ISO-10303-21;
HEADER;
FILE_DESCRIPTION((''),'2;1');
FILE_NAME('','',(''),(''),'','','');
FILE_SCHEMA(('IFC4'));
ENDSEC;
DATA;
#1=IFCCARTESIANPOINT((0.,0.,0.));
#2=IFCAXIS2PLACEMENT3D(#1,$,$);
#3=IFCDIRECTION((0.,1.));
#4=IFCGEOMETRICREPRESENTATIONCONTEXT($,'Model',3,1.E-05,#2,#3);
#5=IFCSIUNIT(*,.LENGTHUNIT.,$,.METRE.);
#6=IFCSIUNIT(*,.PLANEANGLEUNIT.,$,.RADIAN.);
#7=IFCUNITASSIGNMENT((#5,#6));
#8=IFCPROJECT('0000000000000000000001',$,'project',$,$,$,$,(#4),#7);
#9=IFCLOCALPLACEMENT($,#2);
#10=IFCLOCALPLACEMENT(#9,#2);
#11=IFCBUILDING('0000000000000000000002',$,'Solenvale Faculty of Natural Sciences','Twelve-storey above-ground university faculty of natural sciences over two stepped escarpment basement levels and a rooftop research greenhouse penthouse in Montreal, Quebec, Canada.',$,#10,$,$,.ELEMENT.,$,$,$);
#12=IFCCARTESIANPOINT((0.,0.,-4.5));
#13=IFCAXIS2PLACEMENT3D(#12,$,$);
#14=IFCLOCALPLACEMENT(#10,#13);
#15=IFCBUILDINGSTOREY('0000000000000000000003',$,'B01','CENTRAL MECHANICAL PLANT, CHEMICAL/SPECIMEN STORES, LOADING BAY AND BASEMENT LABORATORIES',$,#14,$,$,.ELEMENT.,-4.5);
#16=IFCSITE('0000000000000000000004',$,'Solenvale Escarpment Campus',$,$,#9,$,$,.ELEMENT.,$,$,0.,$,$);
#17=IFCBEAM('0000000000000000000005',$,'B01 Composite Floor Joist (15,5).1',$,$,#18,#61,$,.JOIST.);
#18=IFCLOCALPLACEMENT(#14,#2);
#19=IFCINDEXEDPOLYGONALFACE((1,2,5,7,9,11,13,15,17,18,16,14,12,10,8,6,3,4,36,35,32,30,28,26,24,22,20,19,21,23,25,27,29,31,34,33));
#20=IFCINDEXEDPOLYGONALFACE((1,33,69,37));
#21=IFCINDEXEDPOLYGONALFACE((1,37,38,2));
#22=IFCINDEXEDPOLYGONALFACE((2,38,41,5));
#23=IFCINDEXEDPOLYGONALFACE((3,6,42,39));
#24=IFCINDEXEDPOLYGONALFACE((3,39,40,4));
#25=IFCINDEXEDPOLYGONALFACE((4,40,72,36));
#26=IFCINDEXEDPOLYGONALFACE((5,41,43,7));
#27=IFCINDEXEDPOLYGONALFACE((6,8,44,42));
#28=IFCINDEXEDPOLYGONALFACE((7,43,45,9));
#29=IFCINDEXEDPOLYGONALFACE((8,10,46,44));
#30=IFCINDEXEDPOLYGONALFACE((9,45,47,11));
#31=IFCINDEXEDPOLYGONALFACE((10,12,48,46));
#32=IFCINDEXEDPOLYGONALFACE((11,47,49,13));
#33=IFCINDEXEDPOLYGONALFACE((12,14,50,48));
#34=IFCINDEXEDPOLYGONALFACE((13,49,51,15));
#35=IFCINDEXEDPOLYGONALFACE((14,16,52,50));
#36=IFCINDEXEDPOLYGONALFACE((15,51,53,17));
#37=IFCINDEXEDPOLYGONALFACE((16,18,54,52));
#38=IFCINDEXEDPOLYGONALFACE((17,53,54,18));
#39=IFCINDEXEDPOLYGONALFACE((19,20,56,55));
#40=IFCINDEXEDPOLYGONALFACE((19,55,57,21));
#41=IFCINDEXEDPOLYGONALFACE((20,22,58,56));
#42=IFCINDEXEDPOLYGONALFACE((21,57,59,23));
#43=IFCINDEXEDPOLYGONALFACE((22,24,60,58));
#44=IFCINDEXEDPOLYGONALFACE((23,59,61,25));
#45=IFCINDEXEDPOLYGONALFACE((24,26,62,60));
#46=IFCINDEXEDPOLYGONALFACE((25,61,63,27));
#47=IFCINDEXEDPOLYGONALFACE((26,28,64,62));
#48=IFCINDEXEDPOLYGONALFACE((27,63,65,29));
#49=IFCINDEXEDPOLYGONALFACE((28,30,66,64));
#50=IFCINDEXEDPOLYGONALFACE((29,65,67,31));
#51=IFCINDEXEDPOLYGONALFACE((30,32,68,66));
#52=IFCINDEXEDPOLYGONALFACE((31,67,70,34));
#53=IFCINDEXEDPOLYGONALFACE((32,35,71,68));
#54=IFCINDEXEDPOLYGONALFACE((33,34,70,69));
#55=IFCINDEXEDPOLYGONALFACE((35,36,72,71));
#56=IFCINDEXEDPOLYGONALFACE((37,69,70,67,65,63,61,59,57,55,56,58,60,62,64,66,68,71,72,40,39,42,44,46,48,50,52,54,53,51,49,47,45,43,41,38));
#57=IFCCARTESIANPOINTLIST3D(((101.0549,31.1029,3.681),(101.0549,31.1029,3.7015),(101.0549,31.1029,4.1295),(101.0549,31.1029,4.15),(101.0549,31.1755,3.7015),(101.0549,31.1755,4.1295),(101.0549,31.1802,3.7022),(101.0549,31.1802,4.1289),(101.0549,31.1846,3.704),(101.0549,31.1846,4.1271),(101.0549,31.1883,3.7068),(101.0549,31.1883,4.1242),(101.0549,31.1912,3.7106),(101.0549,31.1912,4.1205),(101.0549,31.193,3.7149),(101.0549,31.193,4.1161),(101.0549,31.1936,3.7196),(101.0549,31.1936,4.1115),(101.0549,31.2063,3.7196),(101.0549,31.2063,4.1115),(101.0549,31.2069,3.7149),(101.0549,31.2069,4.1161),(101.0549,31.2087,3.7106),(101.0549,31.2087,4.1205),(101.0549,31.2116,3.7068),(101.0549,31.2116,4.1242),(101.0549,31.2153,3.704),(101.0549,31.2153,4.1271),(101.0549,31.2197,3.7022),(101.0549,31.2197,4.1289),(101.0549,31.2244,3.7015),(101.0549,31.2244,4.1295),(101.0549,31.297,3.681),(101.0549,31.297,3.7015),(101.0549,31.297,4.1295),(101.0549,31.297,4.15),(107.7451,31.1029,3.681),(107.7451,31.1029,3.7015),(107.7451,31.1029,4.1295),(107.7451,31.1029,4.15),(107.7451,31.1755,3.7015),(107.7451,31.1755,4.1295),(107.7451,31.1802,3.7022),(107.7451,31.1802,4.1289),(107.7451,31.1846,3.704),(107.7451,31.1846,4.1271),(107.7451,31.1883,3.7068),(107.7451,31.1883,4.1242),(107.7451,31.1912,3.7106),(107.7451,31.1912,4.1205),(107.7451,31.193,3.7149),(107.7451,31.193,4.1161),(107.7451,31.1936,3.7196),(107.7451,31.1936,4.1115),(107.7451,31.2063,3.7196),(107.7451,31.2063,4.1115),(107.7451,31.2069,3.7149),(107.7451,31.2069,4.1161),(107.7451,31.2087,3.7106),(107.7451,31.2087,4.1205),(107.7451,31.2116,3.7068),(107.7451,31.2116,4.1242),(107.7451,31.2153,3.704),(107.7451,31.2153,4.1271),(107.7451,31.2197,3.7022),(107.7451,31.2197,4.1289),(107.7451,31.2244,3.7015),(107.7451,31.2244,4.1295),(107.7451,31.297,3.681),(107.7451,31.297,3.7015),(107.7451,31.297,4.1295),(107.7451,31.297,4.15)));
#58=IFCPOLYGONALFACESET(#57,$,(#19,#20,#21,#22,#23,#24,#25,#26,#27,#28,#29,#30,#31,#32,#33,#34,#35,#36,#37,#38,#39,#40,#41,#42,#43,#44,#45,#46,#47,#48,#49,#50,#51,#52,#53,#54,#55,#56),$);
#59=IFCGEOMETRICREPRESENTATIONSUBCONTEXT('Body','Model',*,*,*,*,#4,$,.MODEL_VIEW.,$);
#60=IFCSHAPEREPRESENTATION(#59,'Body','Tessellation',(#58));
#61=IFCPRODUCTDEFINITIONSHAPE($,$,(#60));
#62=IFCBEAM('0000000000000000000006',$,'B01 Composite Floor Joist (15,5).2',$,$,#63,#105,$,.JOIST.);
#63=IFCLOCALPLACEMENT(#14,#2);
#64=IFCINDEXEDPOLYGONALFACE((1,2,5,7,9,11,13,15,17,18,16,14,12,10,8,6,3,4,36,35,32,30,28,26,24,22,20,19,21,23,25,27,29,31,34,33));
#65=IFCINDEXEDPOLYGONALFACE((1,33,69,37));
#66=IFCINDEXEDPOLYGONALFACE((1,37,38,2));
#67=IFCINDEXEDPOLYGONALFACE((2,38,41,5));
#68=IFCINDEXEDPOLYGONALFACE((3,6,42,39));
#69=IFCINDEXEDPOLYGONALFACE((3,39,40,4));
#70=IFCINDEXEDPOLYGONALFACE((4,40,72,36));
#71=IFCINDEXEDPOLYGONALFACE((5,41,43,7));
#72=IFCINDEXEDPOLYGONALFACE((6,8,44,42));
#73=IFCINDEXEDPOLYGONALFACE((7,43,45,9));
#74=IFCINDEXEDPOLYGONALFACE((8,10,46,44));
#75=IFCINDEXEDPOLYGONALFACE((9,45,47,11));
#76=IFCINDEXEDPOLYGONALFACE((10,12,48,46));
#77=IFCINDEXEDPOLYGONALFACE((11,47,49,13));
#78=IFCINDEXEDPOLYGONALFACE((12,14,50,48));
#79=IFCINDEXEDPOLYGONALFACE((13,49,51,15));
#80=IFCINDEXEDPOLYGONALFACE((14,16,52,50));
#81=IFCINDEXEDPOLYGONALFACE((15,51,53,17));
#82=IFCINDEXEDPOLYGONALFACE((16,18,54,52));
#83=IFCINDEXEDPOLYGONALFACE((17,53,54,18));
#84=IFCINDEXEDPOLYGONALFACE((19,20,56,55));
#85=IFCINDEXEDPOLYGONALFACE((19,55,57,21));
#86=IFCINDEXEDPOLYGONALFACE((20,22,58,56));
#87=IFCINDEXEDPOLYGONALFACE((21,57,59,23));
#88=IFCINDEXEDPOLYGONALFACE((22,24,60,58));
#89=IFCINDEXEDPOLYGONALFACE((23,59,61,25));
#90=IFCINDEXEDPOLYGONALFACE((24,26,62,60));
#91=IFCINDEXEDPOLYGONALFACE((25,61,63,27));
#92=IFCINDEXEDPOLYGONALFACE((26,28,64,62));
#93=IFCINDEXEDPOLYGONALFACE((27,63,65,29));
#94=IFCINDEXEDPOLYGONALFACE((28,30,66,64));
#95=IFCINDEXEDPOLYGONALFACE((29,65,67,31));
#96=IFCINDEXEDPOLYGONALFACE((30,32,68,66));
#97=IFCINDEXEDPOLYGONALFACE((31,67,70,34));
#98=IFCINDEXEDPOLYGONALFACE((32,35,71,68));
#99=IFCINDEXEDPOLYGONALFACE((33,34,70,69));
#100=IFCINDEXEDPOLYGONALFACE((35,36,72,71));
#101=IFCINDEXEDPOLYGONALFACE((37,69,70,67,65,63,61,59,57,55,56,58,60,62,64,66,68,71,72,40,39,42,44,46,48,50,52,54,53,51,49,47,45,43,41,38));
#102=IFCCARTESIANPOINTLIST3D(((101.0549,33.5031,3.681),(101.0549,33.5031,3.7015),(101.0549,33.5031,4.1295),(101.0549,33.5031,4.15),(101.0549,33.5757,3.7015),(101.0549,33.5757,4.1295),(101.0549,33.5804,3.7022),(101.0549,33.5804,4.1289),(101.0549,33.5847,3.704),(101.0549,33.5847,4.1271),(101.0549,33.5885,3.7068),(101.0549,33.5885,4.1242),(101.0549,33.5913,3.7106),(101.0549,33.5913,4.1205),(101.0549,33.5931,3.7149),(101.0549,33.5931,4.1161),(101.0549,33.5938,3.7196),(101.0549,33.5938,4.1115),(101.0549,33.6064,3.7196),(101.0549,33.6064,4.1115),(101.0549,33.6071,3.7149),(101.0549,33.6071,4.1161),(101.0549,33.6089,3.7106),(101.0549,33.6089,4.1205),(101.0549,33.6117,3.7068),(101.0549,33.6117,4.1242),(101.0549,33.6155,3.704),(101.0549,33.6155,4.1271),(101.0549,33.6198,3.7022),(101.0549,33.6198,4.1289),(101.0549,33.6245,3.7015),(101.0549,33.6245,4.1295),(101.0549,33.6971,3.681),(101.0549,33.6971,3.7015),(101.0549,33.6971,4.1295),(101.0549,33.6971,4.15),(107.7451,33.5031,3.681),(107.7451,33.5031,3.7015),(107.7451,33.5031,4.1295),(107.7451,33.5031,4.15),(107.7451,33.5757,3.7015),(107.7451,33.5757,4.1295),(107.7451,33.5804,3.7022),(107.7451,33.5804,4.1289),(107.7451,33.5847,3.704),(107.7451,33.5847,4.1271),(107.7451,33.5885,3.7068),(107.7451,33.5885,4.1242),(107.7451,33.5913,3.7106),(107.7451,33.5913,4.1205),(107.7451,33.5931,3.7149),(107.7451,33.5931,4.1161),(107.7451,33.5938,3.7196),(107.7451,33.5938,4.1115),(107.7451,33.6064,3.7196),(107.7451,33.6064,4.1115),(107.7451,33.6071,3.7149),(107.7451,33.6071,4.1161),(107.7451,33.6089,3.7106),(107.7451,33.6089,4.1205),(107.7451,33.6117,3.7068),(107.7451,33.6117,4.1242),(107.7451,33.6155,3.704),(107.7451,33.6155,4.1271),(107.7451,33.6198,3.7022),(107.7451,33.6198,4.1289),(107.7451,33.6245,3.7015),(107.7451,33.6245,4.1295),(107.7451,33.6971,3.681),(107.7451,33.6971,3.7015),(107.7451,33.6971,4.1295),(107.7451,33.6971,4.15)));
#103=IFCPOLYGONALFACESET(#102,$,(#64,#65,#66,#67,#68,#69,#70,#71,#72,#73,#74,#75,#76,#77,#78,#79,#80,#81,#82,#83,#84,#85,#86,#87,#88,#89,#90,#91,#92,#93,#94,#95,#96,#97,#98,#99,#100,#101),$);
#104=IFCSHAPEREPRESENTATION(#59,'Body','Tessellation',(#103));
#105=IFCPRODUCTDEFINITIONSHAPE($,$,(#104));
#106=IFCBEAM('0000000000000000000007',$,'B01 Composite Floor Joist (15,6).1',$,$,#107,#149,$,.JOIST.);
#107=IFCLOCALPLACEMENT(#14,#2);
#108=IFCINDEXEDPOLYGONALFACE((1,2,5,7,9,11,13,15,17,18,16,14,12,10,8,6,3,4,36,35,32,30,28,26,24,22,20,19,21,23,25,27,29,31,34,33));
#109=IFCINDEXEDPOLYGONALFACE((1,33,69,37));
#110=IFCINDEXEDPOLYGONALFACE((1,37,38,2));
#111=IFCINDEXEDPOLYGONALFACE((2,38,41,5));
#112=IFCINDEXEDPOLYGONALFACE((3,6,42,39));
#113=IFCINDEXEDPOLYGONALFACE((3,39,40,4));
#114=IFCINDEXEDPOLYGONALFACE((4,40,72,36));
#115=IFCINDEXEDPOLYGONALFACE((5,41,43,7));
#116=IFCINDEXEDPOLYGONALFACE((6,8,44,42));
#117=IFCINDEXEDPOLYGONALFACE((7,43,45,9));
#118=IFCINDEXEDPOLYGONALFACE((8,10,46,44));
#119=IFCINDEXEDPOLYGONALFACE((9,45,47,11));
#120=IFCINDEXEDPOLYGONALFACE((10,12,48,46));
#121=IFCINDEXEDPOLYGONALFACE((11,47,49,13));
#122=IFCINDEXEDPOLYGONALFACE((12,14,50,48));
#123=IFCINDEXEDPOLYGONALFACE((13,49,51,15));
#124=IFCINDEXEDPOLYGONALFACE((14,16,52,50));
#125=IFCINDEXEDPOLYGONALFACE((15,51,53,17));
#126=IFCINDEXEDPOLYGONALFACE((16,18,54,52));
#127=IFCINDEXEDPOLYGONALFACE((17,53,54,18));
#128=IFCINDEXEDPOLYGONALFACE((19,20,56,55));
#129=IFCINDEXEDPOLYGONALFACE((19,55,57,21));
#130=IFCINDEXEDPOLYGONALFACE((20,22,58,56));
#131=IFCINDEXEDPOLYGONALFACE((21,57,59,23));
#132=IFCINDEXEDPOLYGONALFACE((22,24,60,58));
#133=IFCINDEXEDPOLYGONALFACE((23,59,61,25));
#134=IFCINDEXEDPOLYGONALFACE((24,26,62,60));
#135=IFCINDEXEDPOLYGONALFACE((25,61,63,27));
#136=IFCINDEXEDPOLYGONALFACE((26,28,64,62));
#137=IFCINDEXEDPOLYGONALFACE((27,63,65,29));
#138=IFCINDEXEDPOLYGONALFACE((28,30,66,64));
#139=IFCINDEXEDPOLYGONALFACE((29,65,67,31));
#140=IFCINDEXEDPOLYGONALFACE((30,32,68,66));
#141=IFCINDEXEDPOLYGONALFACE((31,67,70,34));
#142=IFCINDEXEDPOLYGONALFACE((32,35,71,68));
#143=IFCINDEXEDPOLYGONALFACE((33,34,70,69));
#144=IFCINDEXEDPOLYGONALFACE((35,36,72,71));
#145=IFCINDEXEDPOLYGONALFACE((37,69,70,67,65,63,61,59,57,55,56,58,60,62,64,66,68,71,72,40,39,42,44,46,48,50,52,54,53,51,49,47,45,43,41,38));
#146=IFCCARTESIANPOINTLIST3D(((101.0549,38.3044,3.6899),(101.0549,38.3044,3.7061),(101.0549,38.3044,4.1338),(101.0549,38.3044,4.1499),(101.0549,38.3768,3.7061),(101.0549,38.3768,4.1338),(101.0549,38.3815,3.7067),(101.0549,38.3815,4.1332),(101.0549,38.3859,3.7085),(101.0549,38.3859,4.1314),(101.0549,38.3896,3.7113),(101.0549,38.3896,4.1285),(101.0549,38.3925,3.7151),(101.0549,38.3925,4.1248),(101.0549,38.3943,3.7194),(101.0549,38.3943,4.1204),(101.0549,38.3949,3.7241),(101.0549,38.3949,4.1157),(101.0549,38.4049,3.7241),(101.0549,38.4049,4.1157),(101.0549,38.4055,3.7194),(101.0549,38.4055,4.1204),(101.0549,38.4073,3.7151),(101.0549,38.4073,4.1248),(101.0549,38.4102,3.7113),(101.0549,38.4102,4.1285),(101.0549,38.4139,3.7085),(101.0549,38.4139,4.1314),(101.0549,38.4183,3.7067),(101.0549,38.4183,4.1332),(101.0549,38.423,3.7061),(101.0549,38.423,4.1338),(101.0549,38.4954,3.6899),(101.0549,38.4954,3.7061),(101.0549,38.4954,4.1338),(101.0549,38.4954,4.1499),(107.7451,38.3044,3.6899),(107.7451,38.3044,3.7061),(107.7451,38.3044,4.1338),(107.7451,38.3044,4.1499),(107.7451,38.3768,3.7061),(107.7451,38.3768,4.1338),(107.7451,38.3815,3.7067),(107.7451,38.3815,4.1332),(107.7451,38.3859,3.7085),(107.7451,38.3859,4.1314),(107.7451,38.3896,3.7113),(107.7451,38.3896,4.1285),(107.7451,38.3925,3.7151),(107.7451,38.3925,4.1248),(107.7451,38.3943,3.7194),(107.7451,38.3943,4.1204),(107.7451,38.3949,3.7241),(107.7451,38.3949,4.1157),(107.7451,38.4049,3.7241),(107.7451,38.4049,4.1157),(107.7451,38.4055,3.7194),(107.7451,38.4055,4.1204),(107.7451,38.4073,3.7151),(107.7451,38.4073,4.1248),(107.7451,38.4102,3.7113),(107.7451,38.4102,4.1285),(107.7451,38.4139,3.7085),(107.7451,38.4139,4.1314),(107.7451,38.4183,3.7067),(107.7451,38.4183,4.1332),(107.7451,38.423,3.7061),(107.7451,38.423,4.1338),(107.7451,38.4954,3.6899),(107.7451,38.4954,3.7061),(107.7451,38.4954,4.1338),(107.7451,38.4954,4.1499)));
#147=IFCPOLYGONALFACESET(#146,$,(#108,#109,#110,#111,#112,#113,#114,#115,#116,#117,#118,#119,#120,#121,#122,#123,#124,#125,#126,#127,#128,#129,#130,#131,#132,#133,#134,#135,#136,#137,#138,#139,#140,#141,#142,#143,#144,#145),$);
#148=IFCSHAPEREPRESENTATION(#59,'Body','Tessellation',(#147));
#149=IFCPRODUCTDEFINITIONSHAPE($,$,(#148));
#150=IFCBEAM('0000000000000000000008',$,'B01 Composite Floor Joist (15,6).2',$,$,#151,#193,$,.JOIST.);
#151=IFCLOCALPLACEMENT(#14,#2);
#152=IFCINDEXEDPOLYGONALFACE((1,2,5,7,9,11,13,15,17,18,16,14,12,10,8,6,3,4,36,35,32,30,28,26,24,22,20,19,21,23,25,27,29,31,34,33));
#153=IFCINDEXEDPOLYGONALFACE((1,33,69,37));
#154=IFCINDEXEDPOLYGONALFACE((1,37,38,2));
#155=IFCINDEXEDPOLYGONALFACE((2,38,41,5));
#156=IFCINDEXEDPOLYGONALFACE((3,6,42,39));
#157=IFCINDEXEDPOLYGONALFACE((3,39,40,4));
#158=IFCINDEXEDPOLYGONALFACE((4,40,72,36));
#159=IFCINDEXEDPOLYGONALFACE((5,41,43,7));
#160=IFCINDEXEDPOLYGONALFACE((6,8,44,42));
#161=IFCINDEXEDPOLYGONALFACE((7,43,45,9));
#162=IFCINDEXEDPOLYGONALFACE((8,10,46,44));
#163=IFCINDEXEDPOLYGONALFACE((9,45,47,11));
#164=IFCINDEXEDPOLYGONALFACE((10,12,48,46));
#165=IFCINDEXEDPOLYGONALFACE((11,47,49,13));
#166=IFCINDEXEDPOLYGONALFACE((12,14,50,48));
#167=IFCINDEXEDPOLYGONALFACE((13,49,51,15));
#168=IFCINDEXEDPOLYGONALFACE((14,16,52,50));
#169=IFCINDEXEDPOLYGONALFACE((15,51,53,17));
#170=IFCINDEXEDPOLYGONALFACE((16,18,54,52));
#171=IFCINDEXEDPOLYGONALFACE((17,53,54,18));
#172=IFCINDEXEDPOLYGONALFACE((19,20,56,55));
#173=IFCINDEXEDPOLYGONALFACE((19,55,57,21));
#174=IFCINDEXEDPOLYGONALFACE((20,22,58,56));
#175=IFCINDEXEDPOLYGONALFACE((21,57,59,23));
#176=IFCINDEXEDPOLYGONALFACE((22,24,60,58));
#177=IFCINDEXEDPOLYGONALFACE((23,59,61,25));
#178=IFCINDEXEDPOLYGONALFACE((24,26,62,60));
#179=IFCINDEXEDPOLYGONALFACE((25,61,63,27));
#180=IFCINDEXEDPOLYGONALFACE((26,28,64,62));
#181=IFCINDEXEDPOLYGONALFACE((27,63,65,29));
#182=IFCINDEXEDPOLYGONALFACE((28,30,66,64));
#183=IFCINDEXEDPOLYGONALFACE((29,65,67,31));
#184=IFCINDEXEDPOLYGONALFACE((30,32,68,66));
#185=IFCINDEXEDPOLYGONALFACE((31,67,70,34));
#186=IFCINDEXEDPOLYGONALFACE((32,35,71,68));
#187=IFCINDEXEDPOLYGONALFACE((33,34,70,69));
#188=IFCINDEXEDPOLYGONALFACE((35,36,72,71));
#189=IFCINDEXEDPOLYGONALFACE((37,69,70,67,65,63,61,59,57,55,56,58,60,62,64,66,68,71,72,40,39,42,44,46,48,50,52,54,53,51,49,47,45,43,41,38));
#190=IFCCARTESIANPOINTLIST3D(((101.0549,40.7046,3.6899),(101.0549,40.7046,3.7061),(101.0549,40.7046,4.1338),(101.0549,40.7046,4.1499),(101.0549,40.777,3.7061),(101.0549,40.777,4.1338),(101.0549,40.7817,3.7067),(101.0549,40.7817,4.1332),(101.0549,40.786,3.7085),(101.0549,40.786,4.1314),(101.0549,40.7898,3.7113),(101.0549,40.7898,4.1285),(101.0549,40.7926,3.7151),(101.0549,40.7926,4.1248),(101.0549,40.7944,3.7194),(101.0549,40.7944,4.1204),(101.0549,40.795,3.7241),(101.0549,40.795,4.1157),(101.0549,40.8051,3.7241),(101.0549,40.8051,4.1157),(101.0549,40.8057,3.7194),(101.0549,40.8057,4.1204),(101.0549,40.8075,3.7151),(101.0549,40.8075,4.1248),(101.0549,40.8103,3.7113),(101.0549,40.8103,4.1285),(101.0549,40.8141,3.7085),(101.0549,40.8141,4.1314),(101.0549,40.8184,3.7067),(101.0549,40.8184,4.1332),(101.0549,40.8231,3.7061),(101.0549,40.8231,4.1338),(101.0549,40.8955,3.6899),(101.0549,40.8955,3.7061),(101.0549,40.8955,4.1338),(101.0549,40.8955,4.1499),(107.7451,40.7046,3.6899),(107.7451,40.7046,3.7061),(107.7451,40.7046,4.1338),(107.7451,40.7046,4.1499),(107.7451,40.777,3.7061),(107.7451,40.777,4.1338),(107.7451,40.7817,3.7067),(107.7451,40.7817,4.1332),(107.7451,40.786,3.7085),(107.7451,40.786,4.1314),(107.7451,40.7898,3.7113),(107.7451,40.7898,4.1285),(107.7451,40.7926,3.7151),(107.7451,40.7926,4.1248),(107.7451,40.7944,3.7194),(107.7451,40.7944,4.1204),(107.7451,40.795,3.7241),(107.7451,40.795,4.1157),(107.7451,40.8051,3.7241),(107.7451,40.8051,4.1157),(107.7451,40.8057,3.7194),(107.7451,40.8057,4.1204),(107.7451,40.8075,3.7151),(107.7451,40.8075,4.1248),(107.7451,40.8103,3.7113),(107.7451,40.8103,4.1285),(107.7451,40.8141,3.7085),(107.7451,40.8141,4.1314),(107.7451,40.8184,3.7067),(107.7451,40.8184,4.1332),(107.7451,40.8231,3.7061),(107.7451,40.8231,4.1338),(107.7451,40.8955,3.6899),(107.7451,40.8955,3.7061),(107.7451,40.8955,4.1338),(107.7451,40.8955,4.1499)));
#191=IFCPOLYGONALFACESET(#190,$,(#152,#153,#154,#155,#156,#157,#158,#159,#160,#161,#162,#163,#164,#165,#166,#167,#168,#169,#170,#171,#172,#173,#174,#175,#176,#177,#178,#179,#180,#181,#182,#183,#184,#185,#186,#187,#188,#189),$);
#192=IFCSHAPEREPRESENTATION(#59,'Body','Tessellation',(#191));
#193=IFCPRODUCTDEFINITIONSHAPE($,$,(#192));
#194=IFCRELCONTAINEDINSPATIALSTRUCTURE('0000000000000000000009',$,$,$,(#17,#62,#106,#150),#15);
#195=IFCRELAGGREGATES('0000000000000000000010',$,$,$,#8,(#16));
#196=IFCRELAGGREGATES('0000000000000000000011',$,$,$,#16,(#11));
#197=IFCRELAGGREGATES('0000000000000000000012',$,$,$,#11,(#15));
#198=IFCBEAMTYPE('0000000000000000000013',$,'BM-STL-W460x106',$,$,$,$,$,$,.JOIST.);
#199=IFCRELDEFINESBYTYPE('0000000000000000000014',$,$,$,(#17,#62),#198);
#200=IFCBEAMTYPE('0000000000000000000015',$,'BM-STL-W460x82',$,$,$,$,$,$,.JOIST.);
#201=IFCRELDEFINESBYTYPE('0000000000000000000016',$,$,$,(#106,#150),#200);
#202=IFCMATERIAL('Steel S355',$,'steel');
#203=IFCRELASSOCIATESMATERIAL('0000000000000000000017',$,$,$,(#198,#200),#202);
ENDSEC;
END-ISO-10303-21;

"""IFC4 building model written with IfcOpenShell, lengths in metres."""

from ifc_helpers import new_model, si_unit, direction, frame, origin, origin_2d, place, context, subcontext, project, spatial, i_section, extrude, material, material_profile, profile_set, type_object, element, save


model = new_model("IFC4")

# Units and contexts
model_context = context("Model", 3, precision=1e-05, world=origin(), true_north=direction((0.0, 1.0)))
body_context = subcontext(model_context, "Body", "Model", "MODEL_VIEW")
ifc_project = project(units=[si_unit("LENGTHUNIT", "METRE"), si_unit("PLANEANGLEUNIT", "RADIAN")], contexts=[model_context])

# Site, building, storey
site_placement = place(None, origin())
site = spatial("IfcSite", under=ifc_project, at=site_placement, Name="Solenvale Escarpment Campus", CompositionType="ELEMENT", RefElevation=0.0)
building_placement = place(site_placement, origin())
building = spatial("IfcBuilding", under=site, at=building_placement, Name="Solenvale Faculty of Natural Sciences", Description="Twelve-storey above-ground university faculty of natural sciences over two stepped escarpment basement levels and a rooftop research greenhouse penthouse in Montreal, Quebec, Canada.", CompositionType="ELEMENT")
storey_placement = place(building_placement, frame((0.0, 0.0, -4.5)))
storey = spatial("IfcBuildingStorey", under=building, at=storey_placement, Name="B01", Description="CENTRAL MECHANICAL PLANT, CHEMICAL/SPECIMEN STORES, LOADING BAY AND BASEMENT LABORATORIES", CompositionType="ELEMENT", Elevation=-4.5)

# Beams
ifc_material_1 = material(Name="Steel S355", Category="steel")
ifc_material_profile_1 = material_profile(ifc_material_1, i_section(OverallWidth=0.1941, OverallDepth=0.469, WebThickness=0.0127, FlangeThickness=0.0205, FilletRadius=0.0181, at=origin_2d()), Name="W460x106")
ifc_profile_set_1 = profile_set([ifc_material_profile_1], Name="Steel S355")
beam_type_1 = type_object("IfcBeamType", Name="BM-STL-W460x106", PredefinedType="JOIST", material=ifc_profile_set_1)
for number, where, z_axis, x_axis, name in (
    (1, (101.0549, 31.2, 3.9155), (1.0, 0.0, 0.0), (0.0, 1.0, 0.0), "B01 Composite Floor Joist (15,5).1"),
    (2, (101.0549, 33.6001, 3.9155), (1.0, 0.0, 0.0), (0.0, 1.0, 0.0), "B01 Composite Floor Joist (15,5).2"),
):
    element("IfcBeam", number, at=place(storey_placement, frame(where, z_axis=z_axis, x_axis=x_axis)), inside=storey, type_object=beam_type_1, Name=name, PredefinedType="JOIST", context=body_context, shape_type="SweptSolid", body=[
        extrude(i_section(OverallWidth=0.1941, OverallDepth=0.469, WebThickness=0.0127, FlangeThickness=0.0205, FilletRadius=0.0181, at=origin_2d()), origin(), (0.0, 0.0, 1.0), 6.6902),
    ])
ifc_material_profile_2 = material_profile(ifc_material_1, i_section(OverallWidth=0.1909, OverallDepth=0.46, WebThickness=0.01, FlangeThickness=0.0161, FilletRadius=0.0181, at=origin_2d()), Name="W460x82")
ifc_profile_set_2 = profile_set([ifc_material_profile_2], Name="Steel S355")
beam_type_2 = type_object("IfcBeamType", Name="BM-STL-W460x82", PredefinedType="JOIST", material=ifc_profile_set_2)
for number, where, z_axis, x_axis, name in (
    (3, (101.0549, 38.3999, 3.9199), (1.0, 0.0, 0.0), (0.0, 1.0, 0.0), "B01 Composite Floor Joist (15,6).1"),
    (4, (101.0549, 40.8, 3.9199), (1.0, 0.0, 0.0), (0.0, 1.0, 0.0), "B01 Composite Floor Joist (15,6).2"),
):
    element("IfcBeam", number, at=place(storey_placement, frame(where, z_axis=z_axis, x_axis=x_axis)), inside=storey, type_object=beam_type_2, Name=name, PredefinedType="JOIST", context=body_context, shape_type="SweptSolid", body=[
        extrude(i_section(OverallWidth=0.1909, OverallDepth=0.46, WebThickness=0.01, FlangeThickness=0.0161, FilletRadius=0.0181, at=origin_2d()), origin(), (0.0, 0.0, 1.0), 6.6902),
    ])

save(model, "model.ifc")
